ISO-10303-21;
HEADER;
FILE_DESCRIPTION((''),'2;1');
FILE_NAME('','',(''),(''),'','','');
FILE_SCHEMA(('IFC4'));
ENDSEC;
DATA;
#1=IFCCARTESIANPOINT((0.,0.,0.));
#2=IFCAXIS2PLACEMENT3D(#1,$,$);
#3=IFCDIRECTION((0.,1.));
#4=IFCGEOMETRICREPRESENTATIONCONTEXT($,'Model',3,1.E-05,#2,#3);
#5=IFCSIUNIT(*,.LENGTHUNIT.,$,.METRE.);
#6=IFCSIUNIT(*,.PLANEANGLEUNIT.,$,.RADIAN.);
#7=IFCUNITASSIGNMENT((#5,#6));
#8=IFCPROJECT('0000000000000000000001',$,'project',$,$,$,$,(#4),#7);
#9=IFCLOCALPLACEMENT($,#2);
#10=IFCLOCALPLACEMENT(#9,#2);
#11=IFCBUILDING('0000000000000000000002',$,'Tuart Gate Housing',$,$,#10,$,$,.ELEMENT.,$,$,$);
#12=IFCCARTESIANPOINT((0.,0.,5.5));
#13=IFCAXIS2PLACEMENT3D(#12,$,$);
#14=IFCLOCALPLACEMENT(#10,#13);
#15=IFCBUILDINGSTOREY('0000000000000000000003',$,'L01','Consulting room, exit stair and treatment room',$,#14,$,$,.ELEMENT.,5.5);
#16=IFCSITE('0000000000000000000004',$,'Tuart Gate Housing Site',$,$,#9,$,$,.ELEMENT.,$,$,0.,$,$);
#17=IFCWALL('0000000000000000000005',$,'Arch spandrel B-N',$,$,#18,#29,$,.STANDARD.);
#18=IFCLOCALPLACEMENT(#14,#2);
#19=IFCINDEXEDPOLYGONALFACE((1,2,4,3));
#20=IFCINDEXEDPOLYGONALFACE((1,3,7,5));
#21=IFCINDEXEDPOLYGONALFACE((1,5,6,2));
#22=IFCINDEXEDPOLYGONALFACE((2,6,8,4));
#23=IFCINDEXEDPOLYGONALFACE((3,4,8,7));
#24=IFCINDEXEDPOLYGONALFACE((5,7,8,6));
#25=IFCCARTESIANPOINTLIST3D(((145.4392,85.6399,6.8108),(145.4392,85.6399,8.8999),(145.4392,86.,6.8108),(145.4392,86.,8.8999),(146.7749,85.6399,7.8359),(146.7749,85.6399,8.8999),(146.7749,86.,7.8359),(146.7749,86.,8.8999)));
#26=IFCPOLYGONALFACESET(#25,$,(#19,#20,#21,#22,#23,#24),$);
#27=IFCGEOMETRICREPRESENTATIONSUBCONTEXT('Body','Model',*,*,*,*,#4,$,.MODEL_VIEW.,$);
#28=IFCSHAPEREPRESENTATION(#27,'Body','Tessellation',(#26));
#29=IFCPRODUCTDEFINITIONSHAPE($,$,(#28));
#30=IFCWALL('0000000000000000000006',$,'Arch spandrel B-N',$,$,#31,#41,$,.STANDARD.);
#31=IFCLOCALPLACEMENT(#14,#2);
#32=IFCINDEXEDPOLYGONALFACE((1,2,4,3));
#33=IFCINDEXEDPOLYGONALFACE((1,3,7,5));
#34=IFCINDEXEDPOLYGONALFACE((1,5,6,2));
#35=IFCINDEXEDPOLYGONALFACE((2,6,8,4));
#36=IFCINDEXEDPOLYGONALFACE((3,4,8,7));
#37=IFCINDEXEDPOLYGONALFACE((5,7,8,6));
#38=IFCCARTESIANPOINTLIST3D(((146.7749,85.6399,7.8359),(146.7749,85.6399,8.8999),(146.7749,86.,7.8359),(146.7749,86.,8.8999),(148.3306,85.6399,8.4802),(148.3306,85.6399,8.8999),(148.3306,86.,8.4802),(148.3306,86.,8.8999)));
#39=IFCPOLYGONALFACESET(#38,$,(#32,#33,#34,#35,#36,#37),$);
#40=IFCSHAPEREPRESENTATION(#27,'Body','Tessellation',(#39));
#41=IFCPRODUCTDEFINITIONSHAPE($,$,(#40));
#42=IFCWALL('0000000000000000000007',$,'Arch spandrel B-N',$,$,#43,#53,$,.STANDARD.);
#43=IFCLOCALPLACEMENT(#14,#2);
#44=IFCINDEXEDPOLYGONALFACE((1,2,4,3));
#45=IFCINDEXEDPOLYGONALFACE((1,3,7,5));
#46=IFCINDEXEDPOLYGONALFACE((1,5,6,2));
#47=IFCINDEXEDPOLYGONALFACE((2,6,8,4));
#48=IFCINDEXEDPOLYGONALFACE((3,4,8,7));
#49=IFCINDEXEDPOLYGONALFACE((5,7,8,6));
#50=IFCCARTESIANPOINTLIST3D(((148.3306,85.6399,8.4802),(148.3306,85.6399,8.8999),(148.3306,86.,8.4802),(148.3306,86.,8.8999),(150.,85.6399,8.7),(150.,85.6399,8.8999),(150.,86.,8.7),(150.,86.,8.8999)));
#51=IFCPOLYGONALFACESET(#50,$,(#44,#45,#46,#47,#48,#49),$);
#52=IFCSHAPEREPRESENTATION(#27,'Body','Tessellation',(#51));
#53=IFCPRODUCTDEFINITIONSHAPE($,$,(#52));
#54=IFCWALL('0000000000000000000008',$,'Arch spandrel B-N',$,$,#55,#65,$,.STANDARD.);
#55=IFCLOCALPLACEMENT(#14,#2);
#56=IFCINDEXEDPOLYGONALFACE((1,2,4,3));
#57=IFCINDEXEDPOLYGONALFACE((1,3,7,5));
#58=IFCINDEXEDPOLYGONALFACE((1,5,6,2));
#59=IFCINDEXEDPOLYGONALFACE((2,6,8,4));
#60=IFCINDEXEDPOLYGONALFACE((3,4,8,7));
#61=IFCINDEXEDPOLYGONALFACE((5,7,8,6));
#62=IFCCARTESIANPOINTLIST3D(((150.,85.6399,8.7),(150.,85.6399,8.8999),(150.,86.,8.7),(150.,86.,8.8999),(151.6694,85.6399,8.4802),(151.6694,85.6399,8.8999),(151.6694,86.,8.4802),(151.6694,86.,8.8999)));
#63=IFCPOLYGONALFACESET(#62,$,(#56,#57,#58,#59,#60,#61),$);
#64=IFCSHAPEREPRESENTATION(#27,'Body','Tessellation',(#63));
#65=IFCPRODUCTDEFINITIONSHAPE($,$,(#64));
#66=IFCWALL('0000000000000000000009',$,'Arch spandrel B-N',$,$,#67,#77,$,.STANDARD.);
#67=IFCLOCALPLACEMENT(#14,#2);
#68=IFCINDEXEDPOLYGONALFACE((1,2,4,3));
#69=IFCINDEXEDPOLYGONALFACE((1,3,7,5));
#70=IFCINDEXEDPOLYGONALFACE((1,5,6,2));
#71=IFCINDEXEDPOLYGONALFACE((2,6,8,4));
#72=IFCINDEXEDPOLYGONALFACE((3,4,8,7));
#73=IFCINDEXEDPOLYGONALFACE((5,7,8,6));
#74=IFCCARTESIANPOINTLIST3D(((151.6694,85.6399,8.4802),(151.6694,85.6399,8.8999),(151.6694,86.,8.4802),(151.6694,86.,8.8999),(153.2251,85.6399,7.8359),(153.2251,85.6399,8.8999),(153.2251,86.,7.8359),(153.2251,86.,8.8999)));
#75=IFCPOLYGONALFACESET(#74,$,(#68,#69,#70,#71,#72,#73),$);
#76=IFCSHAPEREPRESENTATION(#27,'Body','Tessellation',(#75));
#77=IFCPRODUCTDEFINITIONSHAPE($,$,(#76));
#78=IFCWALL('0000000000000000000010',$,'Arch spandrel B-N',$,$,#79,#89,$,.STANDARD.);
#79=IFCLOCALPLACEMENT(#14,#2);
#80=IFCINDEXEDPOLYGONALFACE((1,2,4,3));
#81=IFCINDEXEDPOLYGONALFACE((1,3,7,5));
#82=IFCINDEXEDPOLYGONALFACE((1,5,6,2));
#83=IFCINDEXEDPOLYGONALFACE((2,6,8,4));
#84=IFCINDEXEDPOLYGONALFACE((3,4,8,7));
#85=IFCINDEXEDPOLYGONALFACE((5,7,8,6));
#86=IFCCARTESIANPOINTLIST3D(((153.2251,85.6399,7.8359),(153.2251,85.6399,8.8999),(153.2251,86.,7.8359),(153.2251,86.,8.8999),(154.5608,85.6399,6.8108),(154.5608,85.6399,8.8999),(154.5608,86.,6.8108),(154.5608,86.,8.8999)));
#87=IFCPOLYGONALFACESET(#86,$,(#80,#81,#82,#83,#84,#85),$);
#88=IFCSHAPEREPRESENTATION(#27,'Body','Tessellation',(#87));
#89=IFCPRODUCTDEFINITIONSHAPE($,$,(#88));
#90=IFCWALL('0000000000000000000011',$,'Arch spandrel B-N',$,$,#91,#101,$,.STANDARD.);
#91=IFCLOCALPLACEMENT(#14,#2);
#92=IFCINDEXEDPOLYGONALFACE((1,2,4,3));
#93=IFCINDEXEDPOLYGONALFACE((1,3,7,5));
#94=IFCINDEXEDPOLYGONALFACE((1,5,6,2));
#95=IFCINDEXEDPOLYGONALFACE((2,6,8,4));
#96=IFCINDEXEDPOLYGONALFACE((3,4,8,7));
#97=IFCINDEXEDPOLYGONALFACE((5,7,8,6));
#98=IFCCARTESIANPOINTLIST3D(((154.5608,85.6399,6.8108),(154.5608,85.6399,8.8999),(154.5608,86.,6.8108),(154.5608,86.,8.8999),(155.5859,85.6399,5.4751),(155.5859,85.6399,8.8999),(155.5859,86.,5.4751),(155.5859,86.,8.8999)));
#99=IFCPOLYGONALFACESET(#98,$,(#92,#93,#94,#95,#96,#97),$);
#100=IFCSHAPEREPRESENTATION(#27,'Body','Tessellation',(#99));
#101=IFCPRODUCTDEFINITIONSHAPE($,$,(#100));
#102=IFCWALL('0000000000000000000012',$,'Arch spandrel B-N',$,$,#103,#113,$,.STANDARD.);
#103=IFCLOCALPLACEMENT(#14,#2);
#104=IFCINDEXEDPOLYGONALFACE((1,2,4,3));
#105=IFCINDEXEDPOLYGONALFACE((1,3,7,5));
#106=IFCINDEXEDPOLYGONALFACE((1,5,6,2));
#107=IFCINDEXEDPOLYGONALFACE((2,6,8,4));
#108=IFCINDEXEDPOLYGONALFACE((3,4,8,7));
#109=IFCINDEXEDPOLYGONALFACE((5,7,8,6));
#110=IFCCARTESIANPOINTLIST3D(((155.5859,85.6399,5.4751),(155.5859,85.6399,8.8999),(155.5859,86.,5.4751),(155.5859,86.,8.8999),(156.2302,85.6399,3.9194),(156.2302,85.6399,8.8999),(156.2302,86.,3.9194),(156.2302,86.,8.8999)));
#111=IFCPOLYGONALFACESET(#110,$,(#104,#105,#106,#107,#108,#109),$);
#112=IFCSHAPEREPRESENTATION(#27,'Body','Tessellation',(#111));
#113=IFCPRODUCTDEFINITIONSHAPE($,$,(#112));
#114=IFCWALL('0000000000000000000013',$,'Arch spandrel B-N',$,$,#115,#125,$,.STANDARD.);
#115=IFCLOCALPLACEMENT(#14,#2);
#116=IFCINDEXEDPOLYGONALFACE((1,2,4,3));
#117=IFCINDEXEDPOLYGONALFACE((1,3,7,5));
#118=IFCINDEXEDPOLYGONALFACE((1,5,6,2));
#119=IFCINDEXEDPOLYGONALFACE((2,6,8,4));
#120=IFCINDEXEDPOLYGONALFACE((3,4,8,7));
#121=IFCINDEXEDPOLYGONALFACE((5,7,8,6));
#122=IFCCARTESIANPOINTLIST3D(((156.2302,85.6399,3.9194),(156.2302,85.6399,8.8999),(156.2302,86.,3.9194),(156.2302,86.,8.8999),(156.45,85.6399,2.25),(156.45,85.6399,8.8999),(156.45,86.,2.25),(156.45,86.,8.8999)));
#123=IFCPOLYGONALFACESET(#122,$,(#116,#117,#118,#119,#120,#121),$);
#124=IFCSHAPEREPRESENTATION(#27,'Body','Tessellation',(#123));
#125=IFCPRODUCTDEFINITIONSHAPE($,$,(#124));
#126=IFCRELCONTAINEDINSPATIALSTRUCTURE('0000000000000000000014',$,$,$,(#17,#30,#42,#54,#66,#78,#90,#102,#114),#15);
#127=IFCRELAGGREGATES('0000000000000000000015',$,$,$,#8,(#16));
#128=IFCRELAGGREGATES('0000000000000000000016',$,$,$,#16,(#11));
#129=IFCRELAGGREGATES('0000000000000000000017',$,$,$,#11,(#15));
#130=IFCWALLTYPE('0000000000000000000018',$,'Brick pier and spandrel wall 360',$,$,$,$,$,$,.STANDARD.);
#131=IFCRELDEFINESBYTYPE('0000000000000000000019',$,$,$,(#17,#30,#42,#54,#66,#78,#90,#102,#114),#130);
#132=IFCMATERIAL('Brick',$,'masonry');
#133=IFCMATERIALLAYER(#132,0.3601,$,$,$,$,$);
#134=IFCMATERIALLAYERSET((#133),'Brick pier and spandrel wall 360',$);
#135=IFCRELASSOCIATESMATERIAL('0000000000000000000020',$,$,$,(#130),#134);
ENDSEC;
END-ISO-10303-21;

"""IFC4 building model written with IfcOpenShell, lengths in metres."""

from ifc_helpers import new_model, si_unit, direction, frame, origin, place, context, subcontext, project, spatial, polyline, outline, extrude, material, layer, layer_set, type_object, element, save


model = new_model("IFC4")

# Units and contexts
model_context = context("Model", 3, precision=1e-05, world=origin(), true_north=direction((0.0, 1.0)))
body_context = subcontext(model_context, "Body", "Model", "MODEL_VIEW")
ifc_project = project(units=[si_unit("LENGTHUNIT", "METRE"), si_unit("PLANEANGLEUNIT", "RADIAN")], contexts=[model_context])

# Site, building, storey
site_placement = place(None, origin())
site = spatial("IfcSite", under=ifc_project, at=site_placement, Name="Tuart Gate Housing Site", CompositionType="ELEMENT", RefElevation=0.0)
building_placement = place(site_placement, origin())
building = spatial("IfcBuilding", under=site, at=building_placement, Name="Tuart Gate Housing", CompositionType="ELEMENT")
storey_placement = place(building_placement, frame((0.0, 0.0, 5.5)))
storey = spatial("IfcBuildingStorey", under=building, at=storey_placement, Name="L01", Description="Consulting room, exit stair and treatment room", CompositionType="ELEMENT", Elevation=5.5)

# Walls
ifc_material_1 = material(Name="Brick", Category="masonry")
ifc_layer_1 = layer(ifc_material_1, 0.3601)
ifc_layer_set_1 = layer_set([ifc_layer_1], Name="Brick pier and spandrel wall 360")
wall_type_1 = type_object("IfcWallType", Name="Brick pier and spandrel wall 360", PredefinedType="STANDARD", material=ifc_layer_set_1)
wall_1_placement = place(storey_placement, frame((146.7749, 85.8201, 6.8108), z_axis=(0.0, 0.0, 1.0), x_axis=(-1.0, 0.0, 0.0)))
element("IfcWall", 1, at=wall_1_placement, inside=storey, type_object=wall_type_1, Name="Arch spandrel B-N", PredefinedType="STANDARD", context=body_context, shape_type="SweptSolid", body=[
    extrude(outline(polyline([(0.0, 1.0251), (1.3357, 0.0), (1.3357, 2.0891), (0.0, 2.0891), (0.0, 1.0251)])), frame((0.0, 0.1802, 0.0), z_axis=(0.0, -1.0, 0.0), x_axis=(1.0, 0.0, 0.0)), (0.0, 0.0, 1.0), 0.3601),
])
wall_2_placement = place(storey_placement, frame((148.3306, 85.8201, 7.8359), z_axis=(0.0, 0.0, 1.0), x_axis=(-1.0, 0.0, 0.0)))
element("IfcWall", 2, at=wall_2_placement, inside=storey, type_object=wall_type_1, Name="Arch spandrel B-N", PredefinedType="STANDARD", context=body_context, shape_type="SweptSolid", body=[
    extrude(outline(polyline([(0.0, 0.6443), (1.5557, 0.0), (1.5557, 1.064), (0.0, 1.064), (0.0, 0.6443)])), frame((0.0, 0.1802, 0.0), z_axis=(0.0, -1.0, 0.0), x_axis=(1.0, 0.0, 0.0)), (0.0, 0.0, 1.0), 0.3601),
])
wall_3_placement = place(storey_placement, frame((150.0, 85.8201, 8.4802), z_axis=(0.0, 0.0, 1.0), x_axis=(-1.0, 0.0, 0.0)))
element("IfcWall", 3, at=wall_3_placement, inside=storey, type_object=wall_type_1, Name="Arch spandrel B-N", PredefinedType="STANDARD", context=body_context, shape_type="SweptSolid", body=[
    extrude(outline(polyline([(0.0, 0.2197), (1.6694, 0.0), (1.6694, 0.4197), (0.0, 0.4197), (0.0, 0.2197)])), frame((0.0, 0.1802, 0.0), z_axis=(0.0, -1.0, 0.0), x_axis=(1.0, 0.0, 0.0)), (0.0, 0.0, 1.0), 0.3601),
])
wall_4_placement = place(storey_placement, frame((151.6694, 85.8201, 8.4802), z_axis=(0.0, 0.0, 1.0), x_axis=(-1.0, 0.0, 0.0)))
element("IfcWall", 4, at=wall_4_placement, inside=storey, type_object=wall_type_1, Name="Arch spandrel B-N", PredefinedType="STANDARD", context=body_context, shape_type="SweptSolid", body=[
    extrude(outline(polyline([(0.0, 0.0), (1.6694, 0.2197), (1.6694, 0.4197), (0.0, 0.4197), (0.0, 0.0)])), frame((0.0, 0.1802, 0.0), z_axis=(0.0, -1.0, 0.0), x_axis=(1.0, 0.0, 0.0)), (0.0, 0.0, 1.0), 0.3601),
])
wall_5_placement = place(storey_placement, frame((153.2251, 85.8201, 7.8359), z_axis=(0.0, 0.0, 1.0), x_axis=(-1.0, 0.0, 0.0)))
element("IfcWall", 5, at=wall_5_placement, inside=storey, type_object=wall_type_1, Name="Arch spandrel B-N", PredefinedType="STANDARD", context=body_context, shape_type="SweptSolid", body=[
    extrude(outline(polyline([(0.0, 0.0), (1.5557, 0.6443), (1.5557, 1.064), (0.0, 1.064), (0.0, 0.0)])), frame((0.0, 0.1802, 0.0), z_axis=(0.0, -1.0, 0.0), x_axis=(1.0, 0.0, 0.0)), (0.0, 0.0, 1.0), 0.3601),
])
wall_6_placement = place(storey_placement, frame((154.5608, 85.8201, 6.8108), z_axis=(0.0, 0.0, 1.0), x_axis=(-1.0, 0.0, 0.0)))
element("IfcWall", 6, at=wall_6_placement, inside=storey, type_object=wall_type_1, Name="Arch spandrel B-N", PredefinedType="STANDARD", context=body_context, shape_type="SweptSolid", body=[
    extrude(outline(polyline([(0.0, 0.0), (1.3357, 1.0251), (1.3357, 2.0891), (0.0, 2.0891), (0.0, 0.0)])), frame((0.0, 0.1802, 0.0), z_axis=(0.0, -1.0, 0.0), x_axis=(1.0, 0.0, 0.0)), (0.0, 0.0, 1.0), 0.3601),
])
wall_7_placement = place(storey_placement, frame((155.5859, 85.8201, 5.4751), z_axis=(0.0, 0.0, 1.0), x_axis=(-1.0, 0.0, 0.0)))
element("IfcWall", 7, at=wall_7_placement, inside=storey, type_object=wall_type_1, Name="Arch spandrel B-N", PredefinedType="STANDARD", context=body_context, shape_type="SweptSolid", body=[
    extrude(outline(polyline([(0.0, 0.0), (1.0251, 1.3357), (1.0251, 3.4248), (0.0, 3.4248), (0.0, 0.0)])), frame((0.0, 0.1802, 0.0), z_axis=(0.0, -1.0, 0.0), x_axis=(1.0, 0.0, 0.0)), (0.0, 0.0, 1.0), 0.3601),
])
wall_8_placement = place(storey_placement, frame((156.2302, 85.8201, 3.9194), z_axis=(0.0, 0.0, 1.0), x_axis=(-1.0, 0.0, 0.0)))
element("IfcWall", 8, at=wall_8_placement, inside=storey, type_object=wall_type_1, Name="Arch spandrel B-N", PredefinedType="STANDARD", context=body_context, shape_type="SweptSolid", body=[
    extrude(outline(polyline([(0.0, 0.0), (0.6443, 1.5557), (0.6443, 4.9805), (0.0, 4.9805), (0.0, 0.0)])), frame((0.0, 0.1802, 0.0), z_axis=(0.0, -1.0, 0.0), x_axis=(1.0, 0.0, 0.0)), (0.0, 0.0, 1.0), 0.3601),
])
wall_9_placement = place(storey_placement, frame((156.45, 85.8201, 2.25), z_axis=(0.0, 0.0, 1.0), x_axis=(-1.0, 0.0, 0.0)))
element("IfcWall", 9, at=wall_9_placement, inside=storey, type_object=wall_type_1, Name="Arch spandrel B-N", PredefinedType="STANDARD", context=body_context, shape_type="SweptSolid", body=[
    extrude(outline(polyline([(0.0, 0.0), (0.2197, 1.6694), (0.2197, 6.6499), (0.0, 6.6499), (0.0, 0.0)])), frame((0.0, 0.1802, 0.0), z_axis=(0.0, -1.0, 0.0), x_axis=(1.0, 0.0, 0.0)), (0.0, 0.0, 1.0), 0.3601),
])

save(model, "model.ifc")
